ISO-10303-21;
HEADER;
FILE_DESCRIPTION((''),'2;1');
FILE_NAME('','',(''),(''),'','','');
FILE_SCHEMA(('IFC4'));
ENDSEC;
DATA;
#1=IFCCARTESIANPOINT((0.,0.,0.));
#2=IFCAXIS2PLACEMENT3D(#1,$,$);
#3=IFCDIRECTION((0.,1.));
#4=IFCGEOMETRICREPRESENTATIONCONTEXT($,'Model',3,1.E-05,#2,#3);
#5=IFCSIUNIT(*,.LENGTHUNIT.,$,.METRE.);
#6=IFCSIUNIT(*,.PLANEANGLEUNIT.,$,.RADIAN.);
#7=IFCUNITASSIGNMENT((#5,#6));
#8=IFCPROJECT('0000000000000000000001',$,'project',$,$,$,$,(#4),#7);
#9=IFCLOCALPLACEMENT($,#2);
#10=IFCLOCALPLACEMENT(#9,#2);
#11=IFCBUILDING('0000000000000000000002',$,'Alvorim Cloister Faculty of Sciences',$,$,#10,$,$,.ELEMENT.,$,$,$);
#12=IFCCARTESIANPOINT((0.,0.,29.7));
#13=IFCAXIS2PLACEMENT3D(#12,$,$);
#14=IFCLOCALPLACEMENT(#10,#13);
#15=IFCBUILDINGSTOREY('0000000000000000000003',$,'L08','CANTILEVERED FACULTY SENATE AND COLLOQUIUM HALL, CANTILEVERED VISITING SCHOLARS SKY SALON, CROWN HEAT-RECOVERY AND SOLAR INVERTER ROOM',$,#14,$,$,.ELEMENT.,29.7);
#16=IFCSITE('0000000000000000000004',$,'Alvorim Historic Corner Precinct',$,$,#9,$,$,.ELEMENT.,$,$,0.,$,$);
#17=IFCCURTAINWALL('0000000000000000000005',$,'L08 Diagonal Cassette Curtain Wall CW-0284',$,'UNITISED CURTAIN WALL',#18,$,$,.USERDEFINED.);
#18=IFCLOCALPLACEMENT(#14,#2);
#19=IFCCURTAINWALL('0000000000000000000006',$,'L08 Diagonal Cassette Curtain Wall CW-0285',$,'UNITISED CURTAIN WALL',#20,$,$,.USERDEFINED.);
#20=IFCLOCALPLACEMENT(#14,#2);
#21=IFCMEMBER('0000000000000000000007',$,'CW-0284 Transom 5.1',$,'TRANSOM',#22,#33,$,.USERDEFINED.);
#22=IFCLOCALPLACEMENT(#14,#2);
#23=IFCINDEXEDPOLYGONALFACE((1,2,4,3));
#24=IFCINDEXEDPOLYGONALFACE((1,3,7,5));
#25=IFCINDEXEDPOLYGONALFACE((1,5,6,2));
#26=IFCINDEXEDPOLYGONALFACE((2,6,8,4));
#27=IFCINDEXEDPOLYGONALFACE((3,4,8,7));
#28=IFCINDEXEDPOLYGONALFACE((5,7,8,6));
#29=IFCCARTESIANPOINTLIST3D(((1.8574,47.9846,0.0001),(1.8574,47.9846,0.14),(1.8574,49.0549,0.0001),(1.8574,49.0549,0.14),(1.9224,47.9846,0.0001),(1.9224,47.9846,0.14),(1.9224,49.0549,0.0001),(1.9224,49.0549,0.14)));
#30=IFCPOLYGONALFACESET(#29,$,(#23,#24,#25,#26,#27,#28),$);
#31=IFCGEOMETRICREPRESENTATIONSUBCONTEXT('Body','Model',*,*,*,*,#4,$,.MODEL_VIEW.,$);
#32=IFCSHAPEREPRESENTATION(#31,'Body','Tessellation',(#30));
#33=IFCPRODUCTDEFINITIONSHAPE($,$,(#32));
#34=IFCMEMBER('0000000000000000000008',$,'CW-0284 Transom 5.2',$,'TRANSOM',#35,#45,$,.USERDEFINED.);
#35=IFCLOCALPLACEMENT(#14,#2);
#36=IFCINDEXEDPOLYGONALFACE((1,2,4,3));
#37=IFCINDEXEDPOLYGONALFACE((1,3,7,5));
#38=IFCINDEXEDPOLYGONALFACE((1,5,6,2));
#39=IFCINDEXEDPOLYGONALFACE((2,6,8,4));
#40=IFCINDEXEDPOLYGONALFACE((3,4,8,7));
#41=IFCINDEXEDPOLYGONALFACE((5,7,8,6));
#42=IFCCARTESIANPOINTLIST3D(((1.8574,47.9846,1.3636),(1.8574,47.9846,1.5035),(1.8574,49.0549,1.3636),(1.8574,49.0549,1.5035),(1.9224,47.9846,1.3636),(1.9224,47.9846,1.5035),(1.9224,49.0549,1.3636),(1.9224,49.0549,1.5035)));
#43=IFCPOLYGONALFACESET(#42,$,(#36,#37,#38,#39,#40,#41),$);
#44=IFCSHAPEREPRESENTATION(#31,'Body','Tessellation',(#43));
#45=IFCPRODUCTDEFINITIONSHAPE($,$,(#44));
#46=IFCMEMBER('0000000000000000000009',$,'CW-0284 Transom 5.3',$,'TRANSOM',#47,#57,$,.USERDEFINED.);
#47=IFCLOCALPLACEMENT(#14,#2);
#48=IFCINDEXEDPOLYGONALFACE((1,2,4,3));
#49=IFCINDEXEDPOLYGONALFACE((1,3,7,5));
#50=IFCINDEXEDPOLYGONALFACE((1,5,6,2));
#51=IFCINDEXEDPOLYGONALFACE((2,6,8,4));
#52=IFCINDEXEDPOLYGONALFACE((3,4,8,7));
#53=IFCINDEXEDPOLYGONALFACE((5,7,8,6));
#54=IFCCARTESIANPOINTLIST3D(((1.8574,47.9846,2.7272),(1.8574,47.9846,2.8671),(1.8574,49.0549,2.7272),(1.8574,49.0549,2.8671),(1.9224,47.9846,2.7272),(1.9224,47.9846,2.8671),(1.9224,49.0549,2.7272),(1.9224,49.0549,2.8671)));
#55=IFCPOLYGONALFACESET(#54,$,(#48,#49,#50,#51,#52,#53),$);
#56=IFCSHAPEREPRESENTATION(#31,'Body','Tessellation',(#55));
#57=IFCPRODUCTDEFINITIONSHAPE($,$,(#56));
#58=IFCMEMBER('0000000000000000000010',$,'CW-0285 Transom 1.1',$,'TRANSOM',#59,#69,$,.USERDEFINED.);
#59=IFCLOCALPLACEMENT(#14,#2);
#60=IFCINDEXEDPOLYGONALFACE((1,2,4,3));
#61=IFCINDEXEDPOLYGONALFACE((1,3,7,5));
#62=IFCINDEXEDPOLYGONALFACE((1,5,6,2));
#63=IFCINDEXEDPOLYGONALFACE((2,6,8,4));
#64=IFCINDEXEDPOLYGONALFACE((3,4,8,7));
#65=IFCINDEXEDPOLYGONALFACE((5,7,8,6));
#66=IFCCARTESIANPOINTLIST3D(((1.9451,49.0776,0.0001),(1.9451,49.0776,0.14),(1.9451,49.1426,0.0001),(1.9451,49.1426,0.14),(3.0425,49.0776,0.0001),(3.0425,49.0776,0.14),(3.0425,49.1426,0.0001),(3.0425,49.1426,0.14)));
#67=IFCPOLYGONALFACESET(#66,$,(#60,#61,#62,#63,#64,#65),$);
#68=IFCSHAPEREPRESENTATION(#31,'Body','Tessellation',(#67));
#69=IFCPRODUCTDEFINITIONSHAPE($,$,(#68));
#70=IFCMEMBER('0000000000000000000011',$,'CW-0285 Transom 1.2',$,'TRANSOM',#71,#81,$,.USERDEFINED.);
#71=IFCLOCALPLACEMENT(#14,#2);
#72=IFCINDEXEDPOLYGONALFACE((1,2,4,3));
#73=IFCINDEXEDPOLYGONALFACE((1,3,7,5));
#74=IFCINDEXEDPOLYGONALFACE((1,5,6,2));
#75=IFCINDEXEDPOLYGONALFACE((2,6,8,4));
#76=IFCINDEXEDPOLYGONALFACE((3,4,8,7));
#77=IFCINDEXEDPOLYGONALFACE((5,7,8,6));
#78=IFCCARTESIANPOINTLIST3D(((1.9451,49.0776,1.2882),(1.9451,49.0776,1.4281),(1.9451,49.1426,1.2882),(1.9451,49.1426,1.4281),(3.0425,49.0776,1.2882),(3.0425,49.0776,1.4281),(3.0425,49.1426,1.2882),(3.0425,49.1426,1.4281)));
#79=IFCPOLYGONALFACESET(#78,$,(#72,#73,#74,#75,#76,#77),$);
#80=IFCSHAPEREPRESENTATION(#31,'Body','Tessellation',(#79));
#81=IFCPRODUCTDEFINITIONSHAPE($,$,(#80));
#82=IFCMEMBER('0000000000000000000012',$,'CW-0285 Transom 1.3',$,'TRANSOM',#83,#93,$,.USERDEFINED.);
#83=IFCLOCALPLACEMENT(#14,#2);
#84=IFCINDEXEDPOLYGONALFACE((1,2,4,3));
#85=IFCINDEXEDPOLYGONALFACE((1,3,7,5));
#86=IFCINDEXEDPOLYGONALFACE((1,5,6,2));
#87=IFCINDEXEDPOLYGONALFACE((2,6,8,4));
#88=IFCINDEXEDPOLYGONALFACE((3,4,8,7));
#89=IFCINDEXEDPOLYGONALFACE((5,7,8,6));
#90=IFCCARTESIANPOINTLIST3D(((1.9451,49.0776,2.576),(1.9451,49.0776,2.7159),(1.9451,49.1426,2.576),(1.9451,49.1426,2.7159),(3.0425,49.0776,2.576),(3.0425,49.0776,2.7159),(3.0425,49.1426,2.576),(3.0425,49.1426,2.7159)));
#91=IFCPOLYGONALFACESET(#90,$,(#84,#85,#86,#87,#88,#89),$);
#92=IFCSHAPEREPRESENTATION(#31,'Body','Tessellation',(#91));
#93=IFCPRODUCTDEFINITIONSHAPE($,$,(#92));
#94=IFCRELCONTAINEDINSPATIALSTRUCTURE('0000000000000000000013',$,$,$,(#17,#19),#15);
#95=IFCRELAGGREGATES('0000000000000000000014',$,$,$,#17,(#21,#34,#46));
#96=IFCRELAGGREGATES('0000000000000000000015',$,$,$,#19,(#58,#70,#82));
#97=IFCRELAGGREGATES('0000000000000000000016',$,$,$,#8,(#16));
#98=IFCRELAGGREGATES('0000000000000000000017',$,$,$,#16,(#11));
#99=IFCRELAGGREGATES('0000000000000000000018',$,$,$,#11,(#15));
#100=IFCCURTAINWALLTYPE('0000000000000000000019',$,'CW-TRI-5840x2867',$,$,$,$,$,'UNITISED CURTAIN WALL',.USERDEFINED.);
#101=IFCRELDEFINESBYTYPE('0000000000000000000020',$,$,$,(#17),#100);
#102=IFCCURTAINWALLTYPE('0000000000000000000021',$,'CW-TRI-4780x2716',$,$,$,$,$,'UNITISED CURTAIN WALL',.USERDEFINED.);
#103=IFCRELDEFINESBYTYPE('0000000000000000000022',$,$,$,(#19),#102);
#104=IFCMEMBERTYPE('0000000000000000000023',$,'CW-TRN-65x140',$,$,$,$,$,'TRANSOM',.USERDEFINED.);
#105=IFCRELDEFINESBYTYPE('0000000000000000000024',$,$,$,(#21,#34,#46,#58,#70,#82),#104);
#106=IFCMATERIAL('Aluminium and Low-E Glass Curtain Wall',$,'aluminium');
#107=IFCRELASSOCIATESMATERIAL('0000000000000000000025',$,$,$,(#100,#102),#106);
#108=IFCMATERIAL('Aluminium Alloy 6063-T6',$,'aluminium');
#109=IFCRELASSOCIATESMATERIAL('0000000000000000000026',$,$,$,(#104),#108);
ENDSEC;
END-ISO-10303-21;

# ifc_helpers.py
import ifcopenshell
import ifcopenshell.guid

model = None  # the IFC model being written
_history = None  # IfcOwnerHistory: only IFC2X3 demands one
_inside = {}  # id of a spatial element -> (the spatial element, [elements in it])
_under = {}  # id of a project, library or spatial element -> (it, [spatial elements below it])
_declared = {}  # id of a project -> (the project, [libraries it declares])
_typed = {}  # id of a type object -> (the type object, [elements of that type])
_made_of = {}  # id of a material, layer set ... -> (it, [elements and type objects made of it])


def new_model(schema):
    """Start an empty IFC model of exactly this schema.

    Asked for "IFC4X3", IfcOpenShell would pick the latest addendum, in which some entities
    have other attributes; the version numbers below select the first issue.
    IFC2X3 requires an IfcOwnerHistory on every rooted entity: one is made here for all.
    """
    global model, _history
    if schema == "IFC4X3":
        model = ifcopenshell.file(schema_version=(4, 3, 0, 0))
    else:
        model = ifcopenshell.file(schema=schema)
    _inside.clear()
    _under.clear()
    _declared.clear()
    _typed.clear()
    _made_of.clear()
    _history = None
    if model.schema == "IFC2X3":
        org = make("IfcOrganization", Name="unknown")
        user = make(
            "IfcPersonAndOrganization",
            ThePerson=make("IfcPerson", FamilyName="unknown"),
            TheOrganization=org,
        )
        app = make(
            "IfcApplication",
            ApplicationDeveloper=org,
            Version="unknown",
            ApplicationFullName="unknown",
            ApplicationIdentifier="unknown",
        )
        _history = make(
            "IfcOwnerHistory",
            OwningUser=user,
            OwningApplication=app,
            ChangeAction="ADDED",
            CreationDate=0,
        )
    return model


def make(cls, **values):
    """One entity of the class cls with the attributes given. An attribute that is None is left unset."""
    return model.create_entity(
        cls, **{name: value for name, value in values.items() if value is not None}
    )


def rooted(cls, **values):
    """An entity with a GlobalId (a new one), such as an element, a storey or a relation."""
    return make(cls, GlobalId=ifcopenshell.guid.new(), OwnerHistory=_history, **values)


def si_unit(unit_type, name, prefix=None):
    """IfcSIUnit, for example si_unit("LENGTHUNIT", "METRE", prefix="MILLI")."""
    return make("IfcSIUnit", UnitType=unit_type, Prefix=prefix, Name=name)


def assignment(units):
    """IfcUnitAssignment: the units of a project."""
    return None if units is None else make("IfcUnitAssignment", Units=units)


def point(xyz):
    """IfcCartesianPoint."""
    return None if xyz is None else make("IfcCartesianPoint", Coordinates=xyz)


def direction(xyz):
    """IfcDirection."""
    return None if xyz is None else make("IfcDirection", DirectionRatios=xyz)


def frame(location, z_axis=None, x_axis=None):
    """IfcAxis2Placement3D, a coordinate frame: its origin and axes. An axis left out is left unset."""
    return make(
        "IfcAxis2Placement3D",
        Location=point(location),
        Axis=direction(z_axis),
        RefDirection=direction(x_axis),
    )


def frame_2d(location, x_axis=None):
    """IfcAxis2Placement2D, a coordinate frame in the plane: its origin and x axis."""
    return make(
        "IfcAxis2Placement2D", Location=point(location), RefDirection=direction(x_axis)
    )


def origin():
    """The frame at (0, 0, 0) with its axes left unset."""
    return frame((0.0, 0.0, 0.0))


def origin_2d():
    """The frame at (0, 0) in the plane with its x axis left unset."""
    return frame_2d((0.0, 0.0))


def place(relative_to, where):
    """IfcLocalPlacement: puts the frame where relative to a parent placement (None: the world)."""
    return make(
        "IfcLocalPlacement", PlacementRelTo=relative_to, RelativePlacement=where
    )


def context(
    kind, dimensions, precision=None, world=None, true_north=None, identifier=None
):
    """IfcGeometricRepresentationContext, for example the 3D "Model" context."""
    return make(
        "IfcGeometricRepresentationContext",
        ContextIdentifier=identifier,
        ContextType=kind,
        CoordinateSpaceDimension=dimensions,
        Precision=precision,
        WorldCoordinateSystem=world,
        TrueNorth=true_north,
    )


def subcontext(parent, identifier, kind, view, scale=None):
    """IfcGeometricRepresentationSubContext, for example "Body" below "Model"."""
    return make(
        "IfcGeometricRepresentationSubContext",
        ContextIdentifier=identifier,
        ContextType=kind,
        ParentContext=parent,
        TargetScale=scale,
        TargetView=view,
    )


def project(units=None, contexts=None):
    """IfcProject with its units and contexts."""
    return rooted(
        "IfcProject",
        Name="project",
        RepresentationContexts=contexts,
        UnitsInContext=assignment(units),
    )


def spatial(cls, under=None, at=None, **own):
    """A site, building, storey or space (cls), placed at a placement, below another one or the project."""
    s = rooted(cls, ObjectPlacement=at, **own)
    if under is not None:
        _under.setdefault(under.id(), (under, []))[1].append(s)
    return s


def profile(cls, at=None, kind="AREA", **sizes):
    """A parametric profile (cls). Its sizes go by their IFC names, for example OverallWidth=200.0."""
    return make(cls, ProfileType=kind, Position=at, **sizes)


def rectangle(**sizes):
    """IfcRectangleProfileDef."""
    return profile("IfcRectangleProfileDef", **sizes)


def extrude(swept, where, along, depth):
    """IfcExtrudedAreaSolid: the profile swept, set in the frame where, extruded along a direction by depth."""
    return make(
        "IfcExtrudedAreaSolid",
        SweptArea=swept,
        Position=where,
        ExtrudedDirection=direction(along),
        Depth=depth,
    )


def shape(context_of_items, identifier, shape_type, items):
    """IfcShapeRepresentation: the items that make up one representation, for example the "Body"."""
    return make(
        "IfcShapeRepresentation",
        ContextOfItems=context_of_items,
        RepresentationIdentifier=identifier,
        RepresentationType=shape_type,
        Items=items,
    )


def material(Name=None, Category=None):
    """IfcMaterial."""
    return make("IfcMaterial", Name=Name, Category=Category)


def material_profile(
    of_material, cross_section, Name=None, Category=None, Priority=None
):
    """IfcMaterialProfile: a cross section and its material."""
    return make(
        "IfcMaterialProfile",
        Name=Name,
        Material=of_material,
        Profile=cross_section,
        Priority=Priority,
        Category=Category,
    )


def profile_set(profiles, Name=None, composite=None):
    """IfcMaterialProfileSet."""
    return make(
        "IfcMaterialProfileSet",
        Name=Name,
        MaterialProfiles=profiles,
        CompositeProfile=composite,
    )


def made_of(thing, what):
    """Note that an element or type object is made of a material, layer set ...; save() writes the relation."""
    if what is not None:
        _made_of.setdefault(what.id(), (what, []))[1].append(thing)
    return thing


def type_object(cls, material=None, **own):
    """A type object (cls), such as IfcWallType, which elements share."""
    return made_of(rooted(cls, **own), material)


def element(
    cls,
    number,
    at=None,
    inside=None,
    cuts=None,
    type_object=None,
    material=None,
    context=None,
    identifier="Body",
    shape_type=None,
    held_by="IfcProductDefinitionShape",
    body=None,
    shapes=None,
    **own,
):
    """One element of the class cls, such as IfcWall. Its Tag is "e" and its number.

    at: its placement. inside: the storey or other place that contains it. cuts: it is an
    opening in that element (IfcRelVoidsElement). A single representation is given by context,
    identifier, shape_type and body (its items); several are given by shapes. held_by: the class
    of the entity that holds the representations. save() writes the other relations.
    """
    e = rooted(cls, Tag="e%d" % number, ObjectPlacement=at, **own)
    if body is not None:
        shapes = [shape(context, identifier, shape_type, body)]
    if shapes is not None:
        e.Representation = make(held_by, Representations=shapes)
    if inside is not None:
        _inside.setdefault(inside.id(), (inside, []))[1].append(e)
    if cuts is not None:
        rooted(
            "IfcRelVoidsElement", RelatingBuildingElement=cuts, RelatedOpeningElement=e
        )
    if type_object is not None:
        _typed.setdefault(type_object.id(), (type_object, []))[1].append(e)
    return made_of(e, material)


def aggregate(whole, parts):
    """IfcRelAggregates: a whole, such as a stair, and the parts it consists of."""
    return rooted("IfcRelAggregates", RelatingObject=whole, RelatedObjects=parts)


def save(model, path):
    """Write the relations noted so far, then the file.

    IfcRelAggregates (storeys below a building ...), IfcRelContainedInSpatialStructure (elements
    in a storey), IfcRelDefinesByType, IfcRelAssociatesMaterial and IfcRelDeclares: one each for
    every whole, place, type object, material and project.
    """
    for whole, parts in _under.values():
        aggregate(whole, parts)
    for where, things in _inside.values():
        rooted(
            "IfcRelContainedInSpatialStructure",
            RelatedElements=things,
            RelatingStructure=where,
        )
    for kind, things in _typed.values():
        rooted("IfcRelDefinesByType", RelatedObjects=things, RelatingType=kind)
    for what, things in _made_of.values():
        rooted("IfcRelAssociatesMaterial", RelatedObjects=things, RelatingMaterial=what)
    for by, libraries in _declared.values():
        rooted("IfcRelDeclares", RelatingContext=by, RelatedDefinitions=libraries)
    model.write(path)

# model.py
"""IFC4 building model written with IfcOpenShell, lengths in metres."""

from ifc_helpers import new_model, si_unit, direction, frame, origin, origin_2d, place, context, subcontext, project, spatial, rectangle, extrude, material, material_profile, profile_set, type_object, element, aggregate, save


model = new_model("IFC4")

# Units and contexts
model_context = context("Model", 3, precision=1e-05, world=origin(), true_north=direction((0.0, 1.0)))
body_context = subcontext(model_context, "Body", "Model", "MODEL_VIEW")
ifc_project = project(units=[si_unit("LENGTHUNIT", "METRE"), si_unit("PLANEANGLEUNIT", "RADIAN")], contexts=[model_context])

# Site, building, storey
site_placement = place(None, origin())
site = spatial("IfcSite", under=ifc_project, at=site_placement, Name="Alvorim Historic Corner Precinct", CompositionType="ELEMENT", RefElevation=0.0)
building_placement = place(site_placement, origin())
building = spatial("IfcBuilding", under=site, at=building_placement, Name="Alvorim Cloister Faculty of Sciences", CompositionType="ELEMENT")
storey_placement = place(building_placement, frame((0.0, 0.0, 29.7)))
storey = spatial("IfcBuildingStorey", under=building, at=storey_placement, Name="L08", Description="CANTILEVERED FACULTY SENATE AND COLLOQUIUM HALL, CANTILEVERED VISITING SCHOLARS SKY SALON, CROWN HEAT-RECOVERY AND SOLAR INVERTER ROOM", CompositionType="ELEMENT", Elevation=29.7)

# Shared definitions
ifc_material_1 = material(Name="Aluminium and Low-E Glass Curtain Wall", Category="aluminium")
ifc_material_2 = material(Name="Aluminium Alloy 6063-T6", Category="aluminium")

# Curtain walls
curtain_wall_type_1 = type_object("IfcCurtainWallType", Name="CW-TRI-5840x2867", ElementType="UNITISED CURTAIN WALL", PredefinedType="USERDEFINED", material=ifc_material_1)
curtain_wall_1_placement = place(storey_placement, origin())
curtain_wall_1 = element("IfcCurtainWall", 1, at=curtain_wall_1_placement, inside=storey, type_object=curtain_wall_type_1, Name="L08 Diagonal Cassette Curtain Wall CW-0284", ObjectType="UNITISED CURTAIN WALL", PredefinedType="USERDEFINED")
curtain_wall_type_2 = type_object("IfcCurtainWallType", Name="CW-TRI-4780x2716", ElementType="UNITISED CURTAIN WALL", PredefinedType="USERDEFINED", material=ifc_material_1)
curtain_wall_2_placement = place(storey_placement, origin())
curtain_wall_2 = element("IfcCurtainWall", 2, at=curtain_wall_2_placement, inside=storey, type_object=curtain_wall_type_2, Name="L08 Diagonal Cassette Curtain Wall CW-0285", ObjectType="UNITISED CURTAIN WALL", PredefinedType="USERDEFINED")

# Members
ifc_material_profile_1 = material_profile(ifc_material_2, rectangle(XDim=0.0649, YDim=0.1399, at=origin_2d()), Name="ALU-TRN-65x140")
ifc_profile_set_1 = profile_set([ifc_material_profile_1], Name="Aluminium Alloy 6063-T6")
member_type_1 = type_object("IfcMemberType", Name="CW-TRN-65x140", ElementType="TRANSOM", PredefinedType="USERDEFINED", material=ifc_profile_set_1)
member_1_placement = place(storey_placement, frame((1.8899, 47.9846, 0.0701), z_axis=(0.0, 1.0, 0.0), x_axis=(-1.0, 0.0, 0.0)))
member_1 = element("IfcMember", 3, at=member_1_placement, type_object=member_type_1, Name="CW-0284 Transom 5.1", ObjectType="TRANSOM", PredefinedType="USERDEFINED", context=body_context, shape_type="SweptSolid", body=[
    extrude(rectangle(XDim=0.0649, YDim=0.1399, at=origin_2d()), origin(), (0.0, 0.0, 1.0), 1.0703),
])
member_2_placement = place(storey_placement, frame((1.8899, 47.9846, 1.4336), z_axis=(0.0, 1.0, 0.0), x_axis=(-1.0, 0.0, 0.0)))
member_2 = element("IfcMember", 4, at=member_2_placement, type_object=member_type_1, Name="CW-0284 Transom 5.2", ObjectType="TRANSOM", PredefinedType="USERDEFINED", context=body_context, shape_type="SweptSolid", body=[
    extrude(rectangle(XDim=0.0649, YDim=0.1399, at=origin_2d()), origin(), (0.0, 0.0, 1.0), 1.0703),
])
member_3_placement = place(storey_placement, frame((1.8899, 47.9846, 2.7971), z_axis=(0.0, 1.0, 0.0), x_axis=(-1.0, 0.0, 0.0)))
member_3 = element("IfcMember", 5, at=member_3_placement, type_object=member_type_1, Name="CW-0284 Transom 5.3", ObjectType="TRANSOM", PredefinedType="USERDEFINED", context=body_context, shape_type="SweptSolid", body=[
    extrude(rectangle(XDim=0.0649, YDim=0.1399, at=origin_2d()), origin(), (0.0, 0.0, 1.0), 1.0703),
])
aggregate(curtain_wall_1, [member_1, member_2, member_3])
member_4_placement = place(storey_placement, frame((1.9451, 49.1101, 0.0701), z_axis=(1.0, 0.0, 0.0), x_axis=(0.0, 1.0, 0.0)))
member_4 = element("IfcMember", 6, at=member_4_placement, type_object=member_type_1, Name="CW-0285 Transom 1.1", ObjectType="TRANSOM", PredefinedType="USERDEFINED", context=body_context, shape_type="SweptSolid", body=[
    extrude(rectangle(XDim=0.0649, YDim=0.1399, at=origin_2d()), origin(), (0.0, 0.0, 1.0), 1.0974),
])
member_5_placement = place(storey_placement, frame((1.9451, 49.1101, 1.3582), z_axis=(1.0, 0.0, 0.0), x_axis=(0.0, 1.0, 0.0)))
member_5 = element("IfcMember", 7, at=member_5_placement, type_object=member_type_1, Name="CW-0285 Transom 1.2", ObjectType="TRANSOM", PredefinedType="USERDEFINED", context=body_context, shape_type="SweptSolid", body=[
    extrude(rectangle(XDim=0.0649, YDim=0.1399, at=origin_2d()), origin(), (0.0, 0.0, 1.0), 1.0974),
])
member_6_placement = place(storey_placement, frame((1.9451, 49.1101, 2.646), z_axis=(1.0, 0.0, 0.0), x_axis=(0.0, 1.0, 0.0)))
member_6 = element("IfcMember", 8, at=member_6_placement, type_object=member_type_1, Name="CW-0285 Transom 1.3", ObjectType="TRANSOM", PredefinedType="USERDEFINED", context=body_context, shape_type="SweptSolid", body=[
    extrude(rectangle(XDim=0.0649, YDim=0.1399, at=origin_2d()), origin(), (0.0, 0.0, 1.0), 1.0974),
])
aggregate(curtain_wall_2, [member_4, member_5, member_6])

save(model, "model.ifc")
